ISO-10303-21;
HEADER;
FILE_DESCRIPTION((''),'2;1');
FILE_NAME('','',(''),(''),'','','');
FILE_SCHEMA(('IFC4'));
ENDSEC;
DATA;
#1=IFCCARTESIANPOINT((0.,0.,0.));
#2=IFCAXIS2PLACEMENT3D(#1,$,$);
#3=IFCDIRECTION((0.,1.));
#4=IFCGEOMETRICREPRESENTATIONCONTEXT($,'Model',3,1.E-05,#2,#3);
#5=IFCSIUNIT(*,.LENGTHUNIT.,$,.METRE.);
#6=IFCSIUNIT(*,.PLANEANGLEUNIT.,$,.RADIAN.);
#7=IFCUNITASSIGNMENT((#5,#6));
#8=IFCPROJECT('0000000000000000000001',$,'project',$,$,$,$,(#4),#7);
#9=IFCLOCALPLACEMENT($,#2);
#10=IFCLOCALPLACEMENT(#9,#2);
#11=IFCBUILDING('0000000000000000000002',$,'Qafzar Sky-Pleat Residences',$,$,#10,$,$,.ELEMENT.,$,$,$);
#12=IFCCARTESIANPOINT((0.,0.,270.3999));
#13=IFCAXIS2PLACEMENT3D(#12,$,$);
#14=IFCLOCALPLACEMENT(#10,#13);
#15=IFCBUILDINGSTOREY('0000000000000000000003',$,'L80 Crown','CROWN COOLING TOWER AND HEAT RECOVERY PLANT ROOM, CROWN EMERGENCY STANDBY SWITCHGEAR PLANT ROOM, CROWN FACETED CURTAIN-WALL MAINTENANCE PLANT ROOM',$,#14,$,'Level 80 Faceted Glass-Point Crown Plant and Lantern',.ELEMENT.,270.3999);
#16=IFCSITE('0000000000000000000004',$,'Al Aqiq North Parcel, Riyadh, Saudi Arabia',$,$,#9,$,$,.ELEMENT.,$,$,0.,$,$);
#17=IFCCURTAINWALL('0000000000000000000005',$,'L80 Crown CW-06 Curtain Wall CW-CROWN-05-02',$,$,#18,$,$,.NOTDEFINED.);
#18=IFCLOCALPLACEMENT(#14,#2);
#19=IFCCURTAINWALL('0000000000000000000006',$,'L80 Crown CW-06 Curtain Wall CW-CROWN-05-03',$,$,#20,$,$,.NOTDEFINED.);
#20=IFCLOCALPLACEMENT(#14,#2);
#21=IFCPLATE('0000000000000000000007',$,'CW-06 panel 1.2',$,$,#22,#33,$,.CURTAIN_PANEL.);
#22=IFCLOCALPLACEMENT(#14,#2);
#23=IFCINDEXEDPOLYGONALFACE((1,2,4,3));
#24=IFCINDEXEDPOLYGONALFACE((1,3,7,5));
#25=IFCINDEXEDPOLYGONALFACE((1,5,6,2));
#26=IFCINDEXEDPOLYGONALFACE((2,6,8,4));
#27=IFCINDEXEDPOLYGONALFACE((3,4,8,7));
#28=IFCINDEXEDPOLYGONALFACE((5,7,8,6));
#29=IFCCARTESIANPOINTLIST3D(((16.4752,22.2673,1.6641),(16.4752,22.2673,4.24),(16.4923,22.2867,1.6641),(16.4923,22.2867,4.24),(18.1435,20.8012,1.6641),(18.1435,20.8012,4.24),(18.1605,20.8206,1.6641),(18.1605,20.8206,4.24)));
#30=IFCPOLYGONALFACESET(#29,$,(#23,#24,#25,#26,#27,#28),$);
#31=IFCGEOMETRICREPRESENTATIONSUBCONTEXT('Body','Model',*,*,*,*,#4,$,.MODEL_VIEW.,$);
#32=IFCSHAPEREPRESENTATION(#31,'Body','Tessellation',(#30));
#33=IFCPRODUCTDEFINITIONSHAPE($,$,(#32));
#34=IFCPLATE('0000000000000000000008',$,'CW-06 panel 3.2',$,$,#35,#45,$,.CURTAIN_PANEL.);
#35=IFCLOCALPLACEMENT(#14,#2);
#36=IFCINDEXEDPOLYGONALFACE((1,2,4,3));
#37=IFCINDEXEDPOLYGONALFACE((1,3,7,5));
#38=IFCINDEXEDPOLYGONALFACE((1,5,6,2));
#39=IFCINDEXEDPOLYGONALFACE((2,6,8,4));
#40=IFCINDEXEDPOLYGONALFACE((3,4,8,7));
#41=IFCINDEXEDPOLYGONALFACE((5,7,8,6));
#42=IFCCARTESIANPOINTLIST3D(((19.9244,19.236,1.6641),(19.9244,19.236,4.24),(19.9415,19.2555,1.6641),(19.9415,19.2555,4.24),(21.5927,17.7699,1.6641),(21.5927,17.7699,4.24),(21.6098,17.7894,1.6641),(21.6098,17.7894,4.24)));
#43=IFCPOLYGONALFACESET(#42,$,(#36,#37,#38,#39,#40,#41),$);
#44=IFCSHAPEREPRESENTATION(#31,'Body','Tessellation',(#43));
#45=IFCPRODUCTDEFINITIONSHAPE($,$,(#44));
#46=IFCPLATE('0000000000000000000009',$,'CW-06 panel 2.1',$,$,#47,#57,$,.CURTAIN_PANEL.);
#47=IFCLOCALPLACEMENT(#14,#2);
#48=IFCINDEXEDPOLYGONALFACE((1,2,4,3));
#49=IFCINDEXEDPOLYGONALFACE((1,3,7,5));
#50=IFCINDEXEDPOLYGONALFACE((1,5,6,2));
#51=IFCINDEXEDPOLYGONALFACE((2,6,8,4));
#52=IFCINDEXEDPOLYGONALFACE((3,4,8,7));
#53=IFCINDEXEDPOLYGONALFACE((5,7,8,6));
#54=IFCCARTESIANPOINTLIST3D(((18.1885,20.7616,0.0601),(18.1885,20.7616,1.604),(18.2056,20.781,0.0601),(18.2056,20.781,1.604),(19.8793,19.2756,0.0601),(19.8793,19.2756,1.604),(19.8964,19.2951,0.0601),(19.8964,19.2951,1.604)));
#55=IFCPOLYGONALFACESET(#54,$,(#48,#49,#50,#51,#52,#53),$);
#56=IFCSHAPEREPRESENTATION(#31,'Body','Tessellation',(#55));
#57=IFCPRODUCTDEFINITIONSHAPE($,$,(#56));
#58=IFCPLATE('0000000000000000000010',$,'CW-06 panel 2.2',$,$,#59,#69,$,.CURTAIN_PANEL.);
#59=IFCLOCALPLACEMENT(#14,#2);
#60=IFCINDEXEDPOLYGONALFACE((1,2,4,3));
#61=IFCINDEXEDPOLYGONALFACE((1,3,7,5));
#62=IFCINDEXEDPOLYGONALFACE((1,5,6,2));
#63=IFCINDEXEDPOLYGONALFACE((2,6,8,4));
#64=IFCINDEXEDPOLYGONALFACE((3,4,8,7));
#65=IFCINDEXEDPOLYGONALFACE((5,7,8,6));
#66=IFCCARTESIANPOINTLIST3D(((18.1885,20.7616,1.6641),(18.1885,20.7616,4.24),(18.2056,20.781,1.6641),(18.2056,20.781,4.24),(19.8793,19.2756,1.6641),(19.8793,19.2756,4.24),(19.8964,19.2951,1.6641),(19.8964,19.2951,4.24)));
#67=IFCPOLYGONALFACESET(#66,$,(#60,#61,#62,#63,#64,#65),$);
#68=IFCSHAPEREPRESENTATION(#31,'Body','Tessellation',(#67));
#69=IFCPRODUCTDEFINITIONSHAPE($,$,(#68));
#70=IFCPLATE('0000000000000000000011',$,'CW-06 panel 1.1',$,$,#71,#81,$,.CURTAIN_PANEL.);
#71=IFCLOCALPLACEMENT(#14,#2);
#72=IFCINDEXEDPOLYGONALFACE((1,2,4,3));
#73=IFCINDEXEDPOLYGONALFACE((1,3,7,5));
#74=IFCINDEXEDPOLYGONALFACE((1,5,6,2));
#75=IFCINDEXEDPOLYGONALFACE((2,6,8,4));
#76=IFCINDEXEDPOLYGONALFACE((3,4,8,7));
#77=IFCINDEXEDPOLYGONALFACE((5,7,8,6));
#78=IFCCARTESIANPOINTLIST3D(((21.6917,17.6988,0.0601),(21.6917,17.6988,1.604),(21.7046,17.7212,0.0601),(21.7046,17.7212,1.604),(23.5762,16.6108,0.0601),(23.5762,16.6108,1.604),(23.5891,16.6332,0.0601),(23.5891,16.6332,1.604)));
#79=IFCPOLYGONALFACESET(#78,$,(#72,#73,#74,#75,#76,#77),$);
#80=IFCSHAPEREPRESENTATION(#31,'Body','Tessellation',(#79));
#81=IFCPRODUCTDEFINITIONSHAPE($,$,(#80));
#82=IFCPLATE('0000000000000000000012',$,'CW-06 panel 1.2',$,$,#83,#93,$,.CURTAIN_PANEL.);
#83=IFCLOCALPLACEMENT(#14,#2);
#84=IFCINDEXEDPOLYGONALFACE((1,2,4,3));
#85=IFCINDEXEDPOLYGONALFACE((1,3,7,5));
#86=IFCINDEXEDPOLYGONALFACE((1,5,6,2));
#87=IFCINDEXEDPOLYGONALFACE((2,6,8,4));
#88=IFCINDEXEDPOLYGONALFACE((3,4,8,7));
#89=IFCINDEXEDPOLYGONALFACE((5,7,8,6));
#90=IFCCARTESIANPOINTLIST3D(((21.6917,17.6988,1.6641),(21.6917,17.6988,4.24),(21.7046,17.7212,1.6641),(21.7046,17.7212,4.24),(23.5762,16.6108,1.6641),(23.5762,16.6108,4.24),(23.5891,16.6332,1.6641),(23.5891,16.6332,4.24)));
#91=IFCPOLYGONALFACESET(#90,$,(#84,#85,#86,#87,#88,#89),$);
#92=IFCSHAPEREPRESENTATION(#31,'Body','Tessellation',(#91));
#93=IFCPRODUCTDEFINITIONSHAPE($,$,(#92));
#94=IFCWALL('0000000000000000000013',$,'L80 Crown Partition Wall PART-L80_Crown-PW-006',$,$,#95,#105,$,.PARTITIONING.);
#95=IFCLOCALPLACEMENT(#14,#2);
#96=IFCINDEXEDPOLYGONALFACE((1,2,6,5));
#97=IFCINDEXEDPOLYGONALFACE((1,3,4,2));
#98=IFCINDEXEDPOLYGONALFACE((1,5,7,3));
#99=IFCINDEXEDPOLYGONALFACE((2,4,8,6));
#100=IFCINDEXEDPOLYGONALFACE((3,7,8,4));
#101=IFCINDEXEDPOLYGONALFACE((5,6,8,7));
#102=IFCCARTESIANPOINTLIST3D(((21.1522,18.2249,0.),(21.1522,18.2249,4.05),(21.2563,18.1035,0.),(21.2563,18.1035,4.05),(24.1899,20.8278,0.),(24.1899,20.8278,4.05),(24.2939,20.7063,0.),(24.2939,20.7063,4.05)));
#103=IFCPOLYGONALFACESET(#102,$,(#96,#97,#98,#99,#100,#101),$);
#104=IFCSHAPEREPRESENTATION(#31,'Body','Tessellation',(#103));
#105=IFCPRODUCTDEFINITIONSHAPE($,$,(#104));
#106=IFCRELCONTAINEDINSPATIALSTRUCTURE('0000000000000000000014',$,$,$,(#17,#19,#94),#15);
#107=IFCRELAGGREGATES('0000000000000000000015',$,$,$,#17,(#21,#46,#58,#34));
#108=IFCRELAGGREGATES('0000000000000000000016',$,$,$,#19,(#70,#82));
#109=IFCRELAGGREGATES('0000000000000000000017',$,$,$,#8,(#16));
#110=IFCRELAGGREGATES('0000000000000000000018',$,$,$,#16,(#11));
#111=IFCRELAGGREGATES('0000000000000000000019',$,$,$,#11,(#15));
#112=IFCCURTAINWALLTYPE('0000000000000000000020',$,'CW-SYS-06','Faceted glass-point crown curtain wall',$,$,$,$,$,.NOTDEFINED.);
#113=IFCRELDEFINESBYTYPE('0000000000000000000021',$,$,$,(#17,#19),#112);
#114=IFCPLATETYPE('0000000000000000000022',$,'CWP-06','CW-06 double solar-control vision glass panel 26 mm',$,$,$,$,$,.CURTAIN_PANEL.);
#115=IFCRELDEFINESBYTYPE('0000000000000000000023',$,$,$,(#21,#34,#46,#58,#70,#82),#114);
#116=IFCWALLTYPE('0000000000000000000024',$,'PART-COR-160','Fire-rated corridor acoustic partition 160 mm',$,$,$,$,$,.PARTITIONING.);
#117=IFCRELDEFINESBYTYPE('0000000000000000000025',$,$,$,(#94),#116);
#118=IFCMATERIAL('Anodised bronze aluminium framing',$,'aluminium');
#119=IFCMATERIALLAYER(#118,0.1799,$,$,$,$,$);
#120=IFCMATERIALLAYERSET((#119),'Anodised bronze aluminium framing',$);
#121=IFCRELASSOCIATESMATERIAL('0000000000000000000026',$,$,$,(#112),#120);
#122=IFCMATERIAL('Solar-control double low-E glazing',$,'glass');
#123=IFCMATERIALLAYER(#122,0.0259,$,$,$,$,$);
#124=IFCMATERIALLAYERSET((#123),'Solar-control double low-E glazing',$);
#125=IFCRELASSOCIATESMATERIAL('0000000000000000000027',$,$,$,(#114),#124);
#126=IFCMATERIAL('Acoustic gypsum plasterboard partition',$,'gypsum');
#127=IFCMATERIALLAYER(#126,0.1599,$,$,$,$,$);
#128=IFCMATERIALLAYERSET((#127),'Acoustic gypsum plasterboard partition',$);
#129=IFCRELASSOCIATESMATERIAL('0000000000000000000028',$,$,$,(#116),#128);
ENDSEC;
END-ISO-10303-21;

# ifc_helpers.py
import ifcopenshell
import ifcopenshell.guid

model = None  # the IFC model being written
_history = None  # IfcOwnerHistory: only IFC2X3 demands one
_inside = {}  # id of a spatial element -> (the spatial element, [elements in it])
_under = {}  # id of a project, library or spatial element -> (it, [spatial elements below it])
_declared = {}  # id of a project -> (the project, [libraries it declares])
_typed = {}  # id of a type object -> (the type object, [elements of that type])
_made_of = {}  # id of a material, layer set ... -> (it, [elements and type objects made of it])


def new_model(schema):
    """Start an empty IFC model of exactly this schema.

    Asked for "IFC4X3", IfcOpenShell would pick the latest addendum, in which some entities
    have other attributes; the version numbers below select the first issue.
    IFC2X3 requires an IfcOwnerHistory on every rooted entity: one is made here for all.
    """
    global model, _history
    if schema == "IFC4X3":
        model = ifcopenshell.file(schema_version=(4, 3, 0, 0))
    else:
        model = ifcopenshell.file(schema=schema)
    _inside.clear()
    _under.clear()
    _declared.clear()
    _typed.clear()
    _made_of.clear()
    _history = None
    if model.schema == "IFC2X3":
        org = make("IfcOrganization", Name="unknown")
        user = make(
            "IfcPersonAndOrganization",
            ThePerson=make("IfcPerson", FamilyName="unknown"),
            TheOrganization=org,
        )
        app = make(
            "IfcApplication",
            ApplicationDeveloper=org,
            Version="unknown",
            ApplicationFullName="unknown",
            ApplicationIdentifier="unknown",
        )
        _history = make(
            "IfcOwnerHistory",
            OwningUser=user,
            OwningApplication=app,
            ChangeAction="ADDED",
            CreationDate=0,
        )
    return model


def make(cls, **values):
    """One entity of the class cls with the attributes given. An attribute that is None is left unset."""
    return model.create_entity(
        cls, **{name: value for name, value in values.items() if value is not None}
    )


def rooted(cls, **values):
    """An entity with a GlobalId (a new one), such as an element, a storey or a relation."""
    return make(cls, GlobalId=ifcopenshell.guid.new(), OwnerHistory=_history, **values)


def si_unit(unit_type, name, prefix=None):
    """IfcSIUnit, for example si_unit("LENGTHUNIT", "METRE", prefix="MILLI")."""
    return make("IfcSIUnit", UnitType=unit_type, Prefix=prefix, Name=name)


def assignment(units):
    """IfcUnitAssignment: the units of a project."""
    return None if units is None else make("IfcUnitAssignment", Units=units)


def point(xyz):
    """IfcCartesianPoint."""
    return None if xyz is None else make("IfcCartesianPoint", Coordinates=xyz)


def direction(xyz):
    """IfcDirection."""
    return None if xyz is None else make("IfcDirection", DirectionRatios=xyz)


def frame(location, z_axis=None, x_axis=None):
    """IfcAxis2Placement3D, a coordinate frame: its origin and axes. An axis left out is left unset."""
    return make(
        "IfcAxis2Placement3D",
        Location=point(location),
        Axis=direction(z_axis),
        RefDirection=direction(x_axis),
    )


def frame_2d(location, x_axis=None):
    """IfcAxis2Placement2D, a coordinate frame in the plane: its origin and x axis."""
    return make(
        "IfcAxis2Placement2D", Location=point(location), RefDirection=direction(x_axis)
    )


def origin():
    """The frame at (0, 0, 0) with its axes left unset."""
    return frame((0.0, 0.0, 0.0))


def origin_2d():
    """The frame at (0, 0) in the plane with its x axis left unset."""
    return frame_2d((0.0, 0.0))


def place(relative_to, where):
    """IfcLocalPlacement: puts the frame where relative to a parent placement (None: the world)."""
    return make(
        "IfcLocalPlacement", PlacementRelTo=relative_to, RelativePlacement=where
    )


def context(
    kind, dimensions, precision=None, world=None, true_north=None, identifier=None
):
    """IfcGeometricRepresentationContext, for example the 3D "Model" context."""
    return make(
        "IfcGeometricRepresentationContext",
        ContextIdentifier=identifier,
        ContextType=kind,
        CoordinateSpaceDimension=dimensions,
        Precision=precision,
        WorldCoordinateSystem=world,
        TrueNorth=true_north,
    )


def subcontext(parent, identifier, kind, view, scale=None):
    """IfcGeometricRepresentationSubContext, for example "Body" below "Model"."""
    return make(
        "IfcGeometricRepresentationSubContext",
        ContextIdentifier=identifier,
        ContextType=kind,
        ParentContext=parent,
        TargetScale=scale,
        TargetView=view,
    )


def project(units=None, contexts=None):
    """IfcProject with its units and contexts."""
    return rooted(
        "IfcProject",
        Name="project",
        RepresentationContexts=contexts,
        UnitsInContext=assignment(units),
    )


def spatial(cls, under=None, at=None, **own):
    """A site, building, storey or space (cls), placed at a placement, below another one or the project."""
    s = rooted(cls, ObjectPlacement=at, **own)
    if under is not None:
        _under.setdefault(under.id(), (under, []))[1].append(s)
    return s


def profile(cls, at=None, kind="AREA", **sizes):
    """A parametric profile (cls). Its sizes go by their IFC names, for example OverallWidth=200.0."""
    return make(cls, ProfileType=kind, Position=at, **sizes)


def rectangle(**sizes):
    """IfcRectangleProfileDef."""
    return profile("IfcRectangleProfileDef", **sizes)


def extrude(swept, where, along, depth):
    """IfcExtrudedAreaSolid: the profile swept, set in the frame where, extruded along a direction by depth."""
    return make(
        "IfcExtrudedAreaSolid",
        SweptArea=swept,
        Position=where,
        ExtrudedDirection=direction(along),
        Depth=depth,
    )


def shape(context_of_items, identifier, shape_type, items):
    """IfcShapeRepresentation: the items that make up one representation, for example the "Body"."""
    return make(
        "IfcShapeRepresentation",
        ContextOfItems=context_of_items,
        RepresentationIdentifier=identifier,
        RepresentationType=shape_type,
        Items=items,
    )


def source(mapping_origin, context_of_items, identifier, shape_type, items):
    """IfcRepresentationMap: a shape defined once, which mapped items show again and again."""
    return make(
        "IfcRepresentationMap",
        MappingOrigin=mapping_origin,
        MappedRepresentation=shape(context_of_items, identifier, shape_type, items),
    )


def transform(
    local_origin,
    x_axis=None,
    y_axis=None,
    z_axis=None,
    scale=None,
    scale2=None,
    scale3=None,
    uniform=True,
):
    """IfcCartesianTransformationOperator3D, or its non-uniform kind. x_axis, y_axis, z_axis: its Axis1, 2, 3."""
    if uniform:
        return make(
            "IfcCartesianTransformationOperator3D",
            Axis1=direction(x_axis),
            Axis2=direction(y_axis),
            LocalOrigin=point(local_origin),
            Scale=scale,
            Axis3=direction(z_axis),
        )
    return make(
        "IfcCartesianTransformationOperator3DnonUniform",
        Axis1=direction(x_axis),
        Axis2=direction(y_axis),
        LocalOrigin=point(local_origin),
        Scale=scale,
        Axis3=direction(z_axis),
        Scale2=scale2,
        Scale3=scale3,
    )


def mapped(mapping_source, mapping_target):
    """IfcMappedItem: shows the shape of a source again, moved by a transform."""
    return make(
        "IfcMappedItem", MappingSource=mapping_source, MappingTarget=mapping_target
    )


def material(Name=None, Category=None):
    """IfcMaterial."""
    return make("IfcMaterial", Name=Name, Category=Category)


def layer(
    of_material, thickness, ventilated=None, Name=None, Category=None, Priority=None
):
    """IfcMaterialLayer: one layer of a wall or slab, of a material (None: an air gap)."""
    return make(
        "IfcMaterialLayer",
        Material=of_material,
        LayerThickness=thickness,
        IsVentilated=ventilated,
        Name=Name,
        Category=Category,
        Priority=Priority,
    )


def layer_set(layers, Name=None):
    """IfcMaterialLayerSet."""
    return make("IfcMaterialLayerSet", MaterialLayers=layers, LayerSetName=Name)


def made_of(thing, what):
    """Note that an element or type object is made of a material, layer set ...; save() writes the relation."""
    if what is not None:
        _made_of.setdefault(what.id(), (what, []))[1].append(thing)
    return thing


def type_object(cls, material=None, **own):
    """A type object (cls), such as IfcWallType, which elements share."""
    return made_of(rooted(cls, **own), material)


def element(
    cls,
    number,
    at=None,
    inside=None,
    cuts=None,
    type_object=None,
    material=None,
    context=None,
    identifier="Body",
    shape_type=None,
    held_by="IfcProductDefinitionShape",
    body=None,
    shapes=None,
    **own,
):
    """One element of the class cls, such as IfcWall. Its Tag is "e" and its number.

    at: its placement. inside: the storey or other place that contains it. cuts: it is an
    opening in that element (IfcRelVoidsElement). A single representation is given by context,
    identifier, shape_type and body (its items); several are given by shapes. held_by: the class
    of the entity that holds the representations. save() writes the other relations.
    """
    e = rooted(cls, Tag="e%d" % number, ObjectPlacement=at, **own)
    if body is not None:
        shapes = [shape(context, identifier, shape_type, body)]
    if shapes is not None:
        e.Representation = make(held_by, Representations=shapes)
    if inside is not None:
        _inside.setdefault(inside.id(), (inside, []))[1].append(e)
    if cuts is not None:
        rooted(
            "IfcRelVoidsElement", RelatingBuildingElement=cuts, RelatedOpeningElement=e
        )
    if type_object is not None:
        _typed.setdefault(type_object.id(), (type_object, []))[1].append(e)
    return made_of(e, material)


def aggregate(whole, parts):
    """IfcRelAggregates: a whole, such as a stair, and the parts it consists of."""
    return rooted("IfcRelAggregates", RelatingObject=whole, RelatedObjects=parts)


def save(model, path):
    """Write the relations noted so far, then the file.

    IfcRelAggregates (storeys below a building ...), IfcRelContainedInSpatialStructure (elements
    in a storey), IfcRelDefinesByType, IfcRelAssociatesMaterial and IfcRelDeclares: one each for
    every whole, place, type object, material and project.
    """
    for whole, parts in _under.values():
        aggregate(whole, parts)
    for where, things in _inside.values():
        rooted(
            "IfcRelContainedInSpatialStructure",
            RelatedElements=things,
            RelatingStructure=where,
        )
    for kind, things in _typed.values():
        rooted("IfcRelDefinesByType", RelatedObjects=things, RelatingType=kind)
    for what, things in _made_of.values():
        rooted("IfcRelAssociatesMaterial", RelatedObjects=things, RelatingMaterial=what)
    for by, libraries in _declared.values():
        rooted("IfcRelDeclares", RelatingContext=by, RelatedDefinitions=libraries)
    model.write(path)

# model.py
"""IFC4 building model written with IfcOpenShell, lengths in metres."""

from ifc_helpers import new_model, si_unit, direction, frame, frame_2d, origin, origin_2d, place, context, subcontext, project, spatial, rectangle, extrude, source, transform, mapped, material, layer, layer_set, type_object, element, aggregate, save


model = new_model("IFC4")

# Units and contexts
model_context = context("Model", 3, precision=1e-05, world=origin(), true_north=direction((0.0, 1.0)))
body_context = subcontext(model_context, "Body", "Model", "MODEL_VIEW")
ifc_project = project(units=[si_unit("LENGTHUNIT", "METRE"), si_unit("PLANEANGLEUNIT", "RADIAN")], contexts=[model_context])

# Site, building, storey
site_placement = place(None, origin())
site = spatial("IfcSite", under=ifc_project, at=site_placement, Name="Al Aqiq North Parcel, Riyadh, Saudi Arabia", CompositionType="ELEMENT", RefElevation=0.0)
building_placement = place(site_placement, origin())
building = spatial("IfcBuilding", under=site, at=building_placement, Name="Qafzar Sky-Pleat Residences", CompositionType="ELEMENT")
storey_placement = place(building_placement, frame((0.0, 0.0, 270.3999)))
storey = spatial("IfcBuildingStorey", under=building, at=storey_placement, Name="L80 Crown", Description="CROWN COOLING TOWER AND HEAT RECOVERY PLANT ROOM, CROWN EMERGENCY STANDBY SWITCHGEAR PLANT ROOM, CROWN FACETED CURTAIN-WALL MAINTENANCE PLANT ROOM", LongName="Level 80 Faceted Glass-Point Crown Plant and Lantern", CompositionType="ELEMENT", Elevation=270.3999)

# Shared definitions
ifc_material_1 = material(Name="Anodised bronze aluminium framing", Category="aluminium")
ifc_layer_1 = layer(ifc_material_1, 0.1799)
ifc_layer_set_1 = layer_set([ifc_layer_1], Name="Anodised bronze aluminium framing")
curtain_wall_type = type_object("IfcCurtainWallType", Name="CW-SYS-06", Description="Faceted glass-point crown curtain wall", PredefinedType="NOTDEFINED", material=ifc_layer_set_1)

# Curtain wall
curtain_wall_1_placement = place(storey_placement, origin())
curtain_wall_1 = element("IfcCurtainWall", 1, at=curtain_wall_1_placement, inside=storey, type_object=curtain_wall_type, Name="L80 Crown CW-06 Curtain Wall CW-CROWN-05-02", PredefinedType="NOTDEFINED")

# Curtain wall
curtain_wall_2_placement = place(storey_placement, origin())
curtain_wall_2 = element("IfcCurtainWall", 2, at=curtain_wall_2_placement, inside=storey, type_object=curtain_wall_type, Name="L80 Crown CW-06 Curtain Wall CW-CROWN-05-03", PredefinedType="NOTDEFINED")

# Plates
ifc_material_2 = material(Name="Solar-control double low-E glazing", Category="glass")
ifc_layer_2 = layer(ifc_material_2, 0.0259)
ifc_layer_set_2 = layer_set([ifc_layer_2], Name="Solar-control double low-E glazing")
plate_type = type_object("IfcPlateType", Name="CWP-06", Description="CW-06 double solar-control vision glass panel 26 mm", PredefinedType="CURTAIN_PANEL", material=ifc_layer_set_2)
shared_shape_1 = source(origin(), body_context, "Body", "SweptSolid", [
    extrude(rectangle(XDim=2.2209, YDim=0.0259, at=origin_2d()), origin(), (0.0, 0.0, 1.0), 2.5759),
])
plate_1_placement = place(storey_placement, frame((17.3179, 21.5439, 1.6641), z_axis=(0.0, 0.0, 1.0), x_axis=(0.75115, -0.660132, 0.0)))
plate_1 = element("IfcPlate", 3, at=plate_1_placement, type_object=plate_type, Name="CW-06 panel 1.2", PredefinedType="CURTAIN_PANEL", context=body_context, shape_type="MappedRepresentation", body=[
    mapped(shared_shape_1, transform((0.0, 0.0, 0.0), x_axis=(1.0, 0.0, 0.0), y_axis=(0.0, 1.0, 0.0), z_axis=(0.0, 0.0, 1.0), scale=1.0)),
])
plate_2_placement = place(storey_placement, frame((20.7671, 18.5127, 1.6641), z_axis=(0.0, 0.0, 1.0), x_axis=(0.75115, -0.660132, 0.0)))
plate_2 = element("IfcPlate", 4, at=plate_2_placement, type_object=plate_type, Name="CW-06 panel 3.2", PredefinedType="CURTAIN_PANEL", context=body_context, shape_type="MappedRepresentation", body=[
    mapped(shared_shape_1, transform((0.0, 0.0, 0.0), x_axis=(1.0, 0.0, 0.0), y_axis=(0.0, 1.0, 0.0), z_axis=(0.0, 0.0, 1.0), scale=1.0)),
])
shared_shape_2 = source(origin(), body_context, "Body", "SweptSolid", [
    extrude(rectangle(XDim=2.251, YDim=0.0259, at=origin_2d()), origin(), (0.0, 0.0, 1.0), 1.5439),
])
plate_3_placement = place(storey_placement, frame((19.0425, 20.0283, 0.0601), z_axis=(0.0, 0.0, 1.0), x_axis=(0.75115, -0.660132, 0.0)))
plate_3 = element("IfcPlate", 5, at=plate_3_placement, type_object=plate_type, Name="CW-06 panel 2.1", PredefinedType="CURTAIN_PANEL", context=body_context, shape_type="MappedRepresentation", body=[
    mapped(shared_shape_2, transform((0.0, 0.0, 0.0), x_axis=(1.0, 0.0, 0.0), y_axis=(0.0, 1.0, 0.0), z_axis=(0.0, 0.0, 1.0), scale=1.0)),
])
shared_shape_3 = source(origin(), body_context, "Body", "SweptSolid", [
    extrude(rectangle(XDim=2.251, YDim=0.0259, at=origin_2d()), origin(), (0.0, 0.0, 1.0), 2.5759),
])
plate_4_placement = place(storey_placement, frame((19.0425, 20.0283, 1.6641), z_axis=(0.0, 0.0, 1.0), x_axis=(0.75115, -0.660132, 0.0)))
plate_4 = element("IfcPlate", 6, at=plate_4_placement, type_object=plate_type, Name="CW-06 panel 2.2", PredefinedType="CURTAIN_PANEL", context=body_context, shape_type="MappedRepresentation", body=[
    mapped(shared_shape_3, transform((0.0, 0.0, 0.0), x_axis=(1.0, 0.0, 0.0), y_axis=(0.0, 1.0, 0.0), z_axis=(0.0, 0.0, 1.0), scale=1.0)),
])
aggregate(curtain_wall_1, [plate_1, plate_3, plate_4, plate_2])
shared_shape_4 = source(origin(), body_context, "Body", "SweptSolid", [
    extrude(rectangle(XDim=2.176, YDim=0.0259, at=origin_2d()), origin(), (0.0, 0.0, 1.0), 1.5439),
])
plate_5_placement = place(storey_placement, frame((22.6404, 17.166, 0.0601), z_axis=(0.0, 0.0, 1.0), x_axis=(0.866024, -0.500003, 0.0)))
plate_5 = element("IfcPlate", 7, at=plate_5_placement, type_object=plate_type, Name="CW-06 panel 1.1", PredefinedType="CURTAIN_PANEL", context=body_context, shape_type="MappedRepresentation", body=[
    mapped(shared_shape_4, transform((0.0, 0.0, 0.0), x_axis=(1.0, 0.0, 0.0), y_axis=(0.0, 1.0, 0.0), z_axis=(0.0, 0.0, 1.0), scale=1.0)),
])
shared_shape_5 = source(origin(), body_context, "Body", "SweptSolid", [
    extrude(rectangle(XDim=2.176, YDim=0.0259, at=origin_2d()), origin(), (0.0, 0.0, 1.0), 2.5759),
])
plate_6_placement = place(storey_placement, frame((22.6404, 17.166, 1.6641), z_axis=(0.0, 0.0, 1.0), x_axis=(0.866024, -0.500003, 0.0)))
plate_6 = element("IfcPlate", 8, at=plate_6_placement, type_object=plate_type, Name="CW-06 panel 1.2", PredefinedType="CURTAIN_PANEL", context=body_context, shape_type="MappedRepresentation", body=[
    mapped(shared_shape_5, transform((0.0, 0.0, 0.0), x_axis=(1.0, 0.0, 0.0), y_axis=(0.0, 1.0, 0.0), z_axis=(0.0, 0.0, 1.0), scale=1.0)),
])
aggregate(curtain_wall_2, [plate_5, plate_6])

# Wall
ifc_material_3 = material(Name="Acoustic gypsum plasterboard partition", Category="gypsum")
ifc_layer_3 = layer(ifc_material_3, 0.1599)
ifc_layer_set_3 = layer_set([ifc_layer_3], Name="Acoustic gypsum plasterboard partition")
wall_type = type_object("IfcWallType", Name="PART-COR-160", Description="Fire-rated corridor acoustic partition 160 mm", PredefinedType="PARTITIONING", material=ifc_layer_set_3)
wall_placement = place(storey_placement, frame((21.2043, 18.1643, 0.0), z_axis=(0.0, 0.0, 1.0), x_axis=(0.759364, 0.650666, 0.0)))
element("IfcWall", 9, at=wall_placement, inside=storey, type_object=wall_type, Name="L80 Crown Partition Wall PART-L80_Crown-PW-006", PredefinedType="PARTITIONING", context=body_context, shape_type="SweptSolid", body=[
    extrude(rectangle(XDim=4.0002, YDim=0.1599, at=frame_2d((2.0, 0.0))), origin(), (0.0, 0.0, 1.0), 4.05),
])

save(model, "model.ifc")
